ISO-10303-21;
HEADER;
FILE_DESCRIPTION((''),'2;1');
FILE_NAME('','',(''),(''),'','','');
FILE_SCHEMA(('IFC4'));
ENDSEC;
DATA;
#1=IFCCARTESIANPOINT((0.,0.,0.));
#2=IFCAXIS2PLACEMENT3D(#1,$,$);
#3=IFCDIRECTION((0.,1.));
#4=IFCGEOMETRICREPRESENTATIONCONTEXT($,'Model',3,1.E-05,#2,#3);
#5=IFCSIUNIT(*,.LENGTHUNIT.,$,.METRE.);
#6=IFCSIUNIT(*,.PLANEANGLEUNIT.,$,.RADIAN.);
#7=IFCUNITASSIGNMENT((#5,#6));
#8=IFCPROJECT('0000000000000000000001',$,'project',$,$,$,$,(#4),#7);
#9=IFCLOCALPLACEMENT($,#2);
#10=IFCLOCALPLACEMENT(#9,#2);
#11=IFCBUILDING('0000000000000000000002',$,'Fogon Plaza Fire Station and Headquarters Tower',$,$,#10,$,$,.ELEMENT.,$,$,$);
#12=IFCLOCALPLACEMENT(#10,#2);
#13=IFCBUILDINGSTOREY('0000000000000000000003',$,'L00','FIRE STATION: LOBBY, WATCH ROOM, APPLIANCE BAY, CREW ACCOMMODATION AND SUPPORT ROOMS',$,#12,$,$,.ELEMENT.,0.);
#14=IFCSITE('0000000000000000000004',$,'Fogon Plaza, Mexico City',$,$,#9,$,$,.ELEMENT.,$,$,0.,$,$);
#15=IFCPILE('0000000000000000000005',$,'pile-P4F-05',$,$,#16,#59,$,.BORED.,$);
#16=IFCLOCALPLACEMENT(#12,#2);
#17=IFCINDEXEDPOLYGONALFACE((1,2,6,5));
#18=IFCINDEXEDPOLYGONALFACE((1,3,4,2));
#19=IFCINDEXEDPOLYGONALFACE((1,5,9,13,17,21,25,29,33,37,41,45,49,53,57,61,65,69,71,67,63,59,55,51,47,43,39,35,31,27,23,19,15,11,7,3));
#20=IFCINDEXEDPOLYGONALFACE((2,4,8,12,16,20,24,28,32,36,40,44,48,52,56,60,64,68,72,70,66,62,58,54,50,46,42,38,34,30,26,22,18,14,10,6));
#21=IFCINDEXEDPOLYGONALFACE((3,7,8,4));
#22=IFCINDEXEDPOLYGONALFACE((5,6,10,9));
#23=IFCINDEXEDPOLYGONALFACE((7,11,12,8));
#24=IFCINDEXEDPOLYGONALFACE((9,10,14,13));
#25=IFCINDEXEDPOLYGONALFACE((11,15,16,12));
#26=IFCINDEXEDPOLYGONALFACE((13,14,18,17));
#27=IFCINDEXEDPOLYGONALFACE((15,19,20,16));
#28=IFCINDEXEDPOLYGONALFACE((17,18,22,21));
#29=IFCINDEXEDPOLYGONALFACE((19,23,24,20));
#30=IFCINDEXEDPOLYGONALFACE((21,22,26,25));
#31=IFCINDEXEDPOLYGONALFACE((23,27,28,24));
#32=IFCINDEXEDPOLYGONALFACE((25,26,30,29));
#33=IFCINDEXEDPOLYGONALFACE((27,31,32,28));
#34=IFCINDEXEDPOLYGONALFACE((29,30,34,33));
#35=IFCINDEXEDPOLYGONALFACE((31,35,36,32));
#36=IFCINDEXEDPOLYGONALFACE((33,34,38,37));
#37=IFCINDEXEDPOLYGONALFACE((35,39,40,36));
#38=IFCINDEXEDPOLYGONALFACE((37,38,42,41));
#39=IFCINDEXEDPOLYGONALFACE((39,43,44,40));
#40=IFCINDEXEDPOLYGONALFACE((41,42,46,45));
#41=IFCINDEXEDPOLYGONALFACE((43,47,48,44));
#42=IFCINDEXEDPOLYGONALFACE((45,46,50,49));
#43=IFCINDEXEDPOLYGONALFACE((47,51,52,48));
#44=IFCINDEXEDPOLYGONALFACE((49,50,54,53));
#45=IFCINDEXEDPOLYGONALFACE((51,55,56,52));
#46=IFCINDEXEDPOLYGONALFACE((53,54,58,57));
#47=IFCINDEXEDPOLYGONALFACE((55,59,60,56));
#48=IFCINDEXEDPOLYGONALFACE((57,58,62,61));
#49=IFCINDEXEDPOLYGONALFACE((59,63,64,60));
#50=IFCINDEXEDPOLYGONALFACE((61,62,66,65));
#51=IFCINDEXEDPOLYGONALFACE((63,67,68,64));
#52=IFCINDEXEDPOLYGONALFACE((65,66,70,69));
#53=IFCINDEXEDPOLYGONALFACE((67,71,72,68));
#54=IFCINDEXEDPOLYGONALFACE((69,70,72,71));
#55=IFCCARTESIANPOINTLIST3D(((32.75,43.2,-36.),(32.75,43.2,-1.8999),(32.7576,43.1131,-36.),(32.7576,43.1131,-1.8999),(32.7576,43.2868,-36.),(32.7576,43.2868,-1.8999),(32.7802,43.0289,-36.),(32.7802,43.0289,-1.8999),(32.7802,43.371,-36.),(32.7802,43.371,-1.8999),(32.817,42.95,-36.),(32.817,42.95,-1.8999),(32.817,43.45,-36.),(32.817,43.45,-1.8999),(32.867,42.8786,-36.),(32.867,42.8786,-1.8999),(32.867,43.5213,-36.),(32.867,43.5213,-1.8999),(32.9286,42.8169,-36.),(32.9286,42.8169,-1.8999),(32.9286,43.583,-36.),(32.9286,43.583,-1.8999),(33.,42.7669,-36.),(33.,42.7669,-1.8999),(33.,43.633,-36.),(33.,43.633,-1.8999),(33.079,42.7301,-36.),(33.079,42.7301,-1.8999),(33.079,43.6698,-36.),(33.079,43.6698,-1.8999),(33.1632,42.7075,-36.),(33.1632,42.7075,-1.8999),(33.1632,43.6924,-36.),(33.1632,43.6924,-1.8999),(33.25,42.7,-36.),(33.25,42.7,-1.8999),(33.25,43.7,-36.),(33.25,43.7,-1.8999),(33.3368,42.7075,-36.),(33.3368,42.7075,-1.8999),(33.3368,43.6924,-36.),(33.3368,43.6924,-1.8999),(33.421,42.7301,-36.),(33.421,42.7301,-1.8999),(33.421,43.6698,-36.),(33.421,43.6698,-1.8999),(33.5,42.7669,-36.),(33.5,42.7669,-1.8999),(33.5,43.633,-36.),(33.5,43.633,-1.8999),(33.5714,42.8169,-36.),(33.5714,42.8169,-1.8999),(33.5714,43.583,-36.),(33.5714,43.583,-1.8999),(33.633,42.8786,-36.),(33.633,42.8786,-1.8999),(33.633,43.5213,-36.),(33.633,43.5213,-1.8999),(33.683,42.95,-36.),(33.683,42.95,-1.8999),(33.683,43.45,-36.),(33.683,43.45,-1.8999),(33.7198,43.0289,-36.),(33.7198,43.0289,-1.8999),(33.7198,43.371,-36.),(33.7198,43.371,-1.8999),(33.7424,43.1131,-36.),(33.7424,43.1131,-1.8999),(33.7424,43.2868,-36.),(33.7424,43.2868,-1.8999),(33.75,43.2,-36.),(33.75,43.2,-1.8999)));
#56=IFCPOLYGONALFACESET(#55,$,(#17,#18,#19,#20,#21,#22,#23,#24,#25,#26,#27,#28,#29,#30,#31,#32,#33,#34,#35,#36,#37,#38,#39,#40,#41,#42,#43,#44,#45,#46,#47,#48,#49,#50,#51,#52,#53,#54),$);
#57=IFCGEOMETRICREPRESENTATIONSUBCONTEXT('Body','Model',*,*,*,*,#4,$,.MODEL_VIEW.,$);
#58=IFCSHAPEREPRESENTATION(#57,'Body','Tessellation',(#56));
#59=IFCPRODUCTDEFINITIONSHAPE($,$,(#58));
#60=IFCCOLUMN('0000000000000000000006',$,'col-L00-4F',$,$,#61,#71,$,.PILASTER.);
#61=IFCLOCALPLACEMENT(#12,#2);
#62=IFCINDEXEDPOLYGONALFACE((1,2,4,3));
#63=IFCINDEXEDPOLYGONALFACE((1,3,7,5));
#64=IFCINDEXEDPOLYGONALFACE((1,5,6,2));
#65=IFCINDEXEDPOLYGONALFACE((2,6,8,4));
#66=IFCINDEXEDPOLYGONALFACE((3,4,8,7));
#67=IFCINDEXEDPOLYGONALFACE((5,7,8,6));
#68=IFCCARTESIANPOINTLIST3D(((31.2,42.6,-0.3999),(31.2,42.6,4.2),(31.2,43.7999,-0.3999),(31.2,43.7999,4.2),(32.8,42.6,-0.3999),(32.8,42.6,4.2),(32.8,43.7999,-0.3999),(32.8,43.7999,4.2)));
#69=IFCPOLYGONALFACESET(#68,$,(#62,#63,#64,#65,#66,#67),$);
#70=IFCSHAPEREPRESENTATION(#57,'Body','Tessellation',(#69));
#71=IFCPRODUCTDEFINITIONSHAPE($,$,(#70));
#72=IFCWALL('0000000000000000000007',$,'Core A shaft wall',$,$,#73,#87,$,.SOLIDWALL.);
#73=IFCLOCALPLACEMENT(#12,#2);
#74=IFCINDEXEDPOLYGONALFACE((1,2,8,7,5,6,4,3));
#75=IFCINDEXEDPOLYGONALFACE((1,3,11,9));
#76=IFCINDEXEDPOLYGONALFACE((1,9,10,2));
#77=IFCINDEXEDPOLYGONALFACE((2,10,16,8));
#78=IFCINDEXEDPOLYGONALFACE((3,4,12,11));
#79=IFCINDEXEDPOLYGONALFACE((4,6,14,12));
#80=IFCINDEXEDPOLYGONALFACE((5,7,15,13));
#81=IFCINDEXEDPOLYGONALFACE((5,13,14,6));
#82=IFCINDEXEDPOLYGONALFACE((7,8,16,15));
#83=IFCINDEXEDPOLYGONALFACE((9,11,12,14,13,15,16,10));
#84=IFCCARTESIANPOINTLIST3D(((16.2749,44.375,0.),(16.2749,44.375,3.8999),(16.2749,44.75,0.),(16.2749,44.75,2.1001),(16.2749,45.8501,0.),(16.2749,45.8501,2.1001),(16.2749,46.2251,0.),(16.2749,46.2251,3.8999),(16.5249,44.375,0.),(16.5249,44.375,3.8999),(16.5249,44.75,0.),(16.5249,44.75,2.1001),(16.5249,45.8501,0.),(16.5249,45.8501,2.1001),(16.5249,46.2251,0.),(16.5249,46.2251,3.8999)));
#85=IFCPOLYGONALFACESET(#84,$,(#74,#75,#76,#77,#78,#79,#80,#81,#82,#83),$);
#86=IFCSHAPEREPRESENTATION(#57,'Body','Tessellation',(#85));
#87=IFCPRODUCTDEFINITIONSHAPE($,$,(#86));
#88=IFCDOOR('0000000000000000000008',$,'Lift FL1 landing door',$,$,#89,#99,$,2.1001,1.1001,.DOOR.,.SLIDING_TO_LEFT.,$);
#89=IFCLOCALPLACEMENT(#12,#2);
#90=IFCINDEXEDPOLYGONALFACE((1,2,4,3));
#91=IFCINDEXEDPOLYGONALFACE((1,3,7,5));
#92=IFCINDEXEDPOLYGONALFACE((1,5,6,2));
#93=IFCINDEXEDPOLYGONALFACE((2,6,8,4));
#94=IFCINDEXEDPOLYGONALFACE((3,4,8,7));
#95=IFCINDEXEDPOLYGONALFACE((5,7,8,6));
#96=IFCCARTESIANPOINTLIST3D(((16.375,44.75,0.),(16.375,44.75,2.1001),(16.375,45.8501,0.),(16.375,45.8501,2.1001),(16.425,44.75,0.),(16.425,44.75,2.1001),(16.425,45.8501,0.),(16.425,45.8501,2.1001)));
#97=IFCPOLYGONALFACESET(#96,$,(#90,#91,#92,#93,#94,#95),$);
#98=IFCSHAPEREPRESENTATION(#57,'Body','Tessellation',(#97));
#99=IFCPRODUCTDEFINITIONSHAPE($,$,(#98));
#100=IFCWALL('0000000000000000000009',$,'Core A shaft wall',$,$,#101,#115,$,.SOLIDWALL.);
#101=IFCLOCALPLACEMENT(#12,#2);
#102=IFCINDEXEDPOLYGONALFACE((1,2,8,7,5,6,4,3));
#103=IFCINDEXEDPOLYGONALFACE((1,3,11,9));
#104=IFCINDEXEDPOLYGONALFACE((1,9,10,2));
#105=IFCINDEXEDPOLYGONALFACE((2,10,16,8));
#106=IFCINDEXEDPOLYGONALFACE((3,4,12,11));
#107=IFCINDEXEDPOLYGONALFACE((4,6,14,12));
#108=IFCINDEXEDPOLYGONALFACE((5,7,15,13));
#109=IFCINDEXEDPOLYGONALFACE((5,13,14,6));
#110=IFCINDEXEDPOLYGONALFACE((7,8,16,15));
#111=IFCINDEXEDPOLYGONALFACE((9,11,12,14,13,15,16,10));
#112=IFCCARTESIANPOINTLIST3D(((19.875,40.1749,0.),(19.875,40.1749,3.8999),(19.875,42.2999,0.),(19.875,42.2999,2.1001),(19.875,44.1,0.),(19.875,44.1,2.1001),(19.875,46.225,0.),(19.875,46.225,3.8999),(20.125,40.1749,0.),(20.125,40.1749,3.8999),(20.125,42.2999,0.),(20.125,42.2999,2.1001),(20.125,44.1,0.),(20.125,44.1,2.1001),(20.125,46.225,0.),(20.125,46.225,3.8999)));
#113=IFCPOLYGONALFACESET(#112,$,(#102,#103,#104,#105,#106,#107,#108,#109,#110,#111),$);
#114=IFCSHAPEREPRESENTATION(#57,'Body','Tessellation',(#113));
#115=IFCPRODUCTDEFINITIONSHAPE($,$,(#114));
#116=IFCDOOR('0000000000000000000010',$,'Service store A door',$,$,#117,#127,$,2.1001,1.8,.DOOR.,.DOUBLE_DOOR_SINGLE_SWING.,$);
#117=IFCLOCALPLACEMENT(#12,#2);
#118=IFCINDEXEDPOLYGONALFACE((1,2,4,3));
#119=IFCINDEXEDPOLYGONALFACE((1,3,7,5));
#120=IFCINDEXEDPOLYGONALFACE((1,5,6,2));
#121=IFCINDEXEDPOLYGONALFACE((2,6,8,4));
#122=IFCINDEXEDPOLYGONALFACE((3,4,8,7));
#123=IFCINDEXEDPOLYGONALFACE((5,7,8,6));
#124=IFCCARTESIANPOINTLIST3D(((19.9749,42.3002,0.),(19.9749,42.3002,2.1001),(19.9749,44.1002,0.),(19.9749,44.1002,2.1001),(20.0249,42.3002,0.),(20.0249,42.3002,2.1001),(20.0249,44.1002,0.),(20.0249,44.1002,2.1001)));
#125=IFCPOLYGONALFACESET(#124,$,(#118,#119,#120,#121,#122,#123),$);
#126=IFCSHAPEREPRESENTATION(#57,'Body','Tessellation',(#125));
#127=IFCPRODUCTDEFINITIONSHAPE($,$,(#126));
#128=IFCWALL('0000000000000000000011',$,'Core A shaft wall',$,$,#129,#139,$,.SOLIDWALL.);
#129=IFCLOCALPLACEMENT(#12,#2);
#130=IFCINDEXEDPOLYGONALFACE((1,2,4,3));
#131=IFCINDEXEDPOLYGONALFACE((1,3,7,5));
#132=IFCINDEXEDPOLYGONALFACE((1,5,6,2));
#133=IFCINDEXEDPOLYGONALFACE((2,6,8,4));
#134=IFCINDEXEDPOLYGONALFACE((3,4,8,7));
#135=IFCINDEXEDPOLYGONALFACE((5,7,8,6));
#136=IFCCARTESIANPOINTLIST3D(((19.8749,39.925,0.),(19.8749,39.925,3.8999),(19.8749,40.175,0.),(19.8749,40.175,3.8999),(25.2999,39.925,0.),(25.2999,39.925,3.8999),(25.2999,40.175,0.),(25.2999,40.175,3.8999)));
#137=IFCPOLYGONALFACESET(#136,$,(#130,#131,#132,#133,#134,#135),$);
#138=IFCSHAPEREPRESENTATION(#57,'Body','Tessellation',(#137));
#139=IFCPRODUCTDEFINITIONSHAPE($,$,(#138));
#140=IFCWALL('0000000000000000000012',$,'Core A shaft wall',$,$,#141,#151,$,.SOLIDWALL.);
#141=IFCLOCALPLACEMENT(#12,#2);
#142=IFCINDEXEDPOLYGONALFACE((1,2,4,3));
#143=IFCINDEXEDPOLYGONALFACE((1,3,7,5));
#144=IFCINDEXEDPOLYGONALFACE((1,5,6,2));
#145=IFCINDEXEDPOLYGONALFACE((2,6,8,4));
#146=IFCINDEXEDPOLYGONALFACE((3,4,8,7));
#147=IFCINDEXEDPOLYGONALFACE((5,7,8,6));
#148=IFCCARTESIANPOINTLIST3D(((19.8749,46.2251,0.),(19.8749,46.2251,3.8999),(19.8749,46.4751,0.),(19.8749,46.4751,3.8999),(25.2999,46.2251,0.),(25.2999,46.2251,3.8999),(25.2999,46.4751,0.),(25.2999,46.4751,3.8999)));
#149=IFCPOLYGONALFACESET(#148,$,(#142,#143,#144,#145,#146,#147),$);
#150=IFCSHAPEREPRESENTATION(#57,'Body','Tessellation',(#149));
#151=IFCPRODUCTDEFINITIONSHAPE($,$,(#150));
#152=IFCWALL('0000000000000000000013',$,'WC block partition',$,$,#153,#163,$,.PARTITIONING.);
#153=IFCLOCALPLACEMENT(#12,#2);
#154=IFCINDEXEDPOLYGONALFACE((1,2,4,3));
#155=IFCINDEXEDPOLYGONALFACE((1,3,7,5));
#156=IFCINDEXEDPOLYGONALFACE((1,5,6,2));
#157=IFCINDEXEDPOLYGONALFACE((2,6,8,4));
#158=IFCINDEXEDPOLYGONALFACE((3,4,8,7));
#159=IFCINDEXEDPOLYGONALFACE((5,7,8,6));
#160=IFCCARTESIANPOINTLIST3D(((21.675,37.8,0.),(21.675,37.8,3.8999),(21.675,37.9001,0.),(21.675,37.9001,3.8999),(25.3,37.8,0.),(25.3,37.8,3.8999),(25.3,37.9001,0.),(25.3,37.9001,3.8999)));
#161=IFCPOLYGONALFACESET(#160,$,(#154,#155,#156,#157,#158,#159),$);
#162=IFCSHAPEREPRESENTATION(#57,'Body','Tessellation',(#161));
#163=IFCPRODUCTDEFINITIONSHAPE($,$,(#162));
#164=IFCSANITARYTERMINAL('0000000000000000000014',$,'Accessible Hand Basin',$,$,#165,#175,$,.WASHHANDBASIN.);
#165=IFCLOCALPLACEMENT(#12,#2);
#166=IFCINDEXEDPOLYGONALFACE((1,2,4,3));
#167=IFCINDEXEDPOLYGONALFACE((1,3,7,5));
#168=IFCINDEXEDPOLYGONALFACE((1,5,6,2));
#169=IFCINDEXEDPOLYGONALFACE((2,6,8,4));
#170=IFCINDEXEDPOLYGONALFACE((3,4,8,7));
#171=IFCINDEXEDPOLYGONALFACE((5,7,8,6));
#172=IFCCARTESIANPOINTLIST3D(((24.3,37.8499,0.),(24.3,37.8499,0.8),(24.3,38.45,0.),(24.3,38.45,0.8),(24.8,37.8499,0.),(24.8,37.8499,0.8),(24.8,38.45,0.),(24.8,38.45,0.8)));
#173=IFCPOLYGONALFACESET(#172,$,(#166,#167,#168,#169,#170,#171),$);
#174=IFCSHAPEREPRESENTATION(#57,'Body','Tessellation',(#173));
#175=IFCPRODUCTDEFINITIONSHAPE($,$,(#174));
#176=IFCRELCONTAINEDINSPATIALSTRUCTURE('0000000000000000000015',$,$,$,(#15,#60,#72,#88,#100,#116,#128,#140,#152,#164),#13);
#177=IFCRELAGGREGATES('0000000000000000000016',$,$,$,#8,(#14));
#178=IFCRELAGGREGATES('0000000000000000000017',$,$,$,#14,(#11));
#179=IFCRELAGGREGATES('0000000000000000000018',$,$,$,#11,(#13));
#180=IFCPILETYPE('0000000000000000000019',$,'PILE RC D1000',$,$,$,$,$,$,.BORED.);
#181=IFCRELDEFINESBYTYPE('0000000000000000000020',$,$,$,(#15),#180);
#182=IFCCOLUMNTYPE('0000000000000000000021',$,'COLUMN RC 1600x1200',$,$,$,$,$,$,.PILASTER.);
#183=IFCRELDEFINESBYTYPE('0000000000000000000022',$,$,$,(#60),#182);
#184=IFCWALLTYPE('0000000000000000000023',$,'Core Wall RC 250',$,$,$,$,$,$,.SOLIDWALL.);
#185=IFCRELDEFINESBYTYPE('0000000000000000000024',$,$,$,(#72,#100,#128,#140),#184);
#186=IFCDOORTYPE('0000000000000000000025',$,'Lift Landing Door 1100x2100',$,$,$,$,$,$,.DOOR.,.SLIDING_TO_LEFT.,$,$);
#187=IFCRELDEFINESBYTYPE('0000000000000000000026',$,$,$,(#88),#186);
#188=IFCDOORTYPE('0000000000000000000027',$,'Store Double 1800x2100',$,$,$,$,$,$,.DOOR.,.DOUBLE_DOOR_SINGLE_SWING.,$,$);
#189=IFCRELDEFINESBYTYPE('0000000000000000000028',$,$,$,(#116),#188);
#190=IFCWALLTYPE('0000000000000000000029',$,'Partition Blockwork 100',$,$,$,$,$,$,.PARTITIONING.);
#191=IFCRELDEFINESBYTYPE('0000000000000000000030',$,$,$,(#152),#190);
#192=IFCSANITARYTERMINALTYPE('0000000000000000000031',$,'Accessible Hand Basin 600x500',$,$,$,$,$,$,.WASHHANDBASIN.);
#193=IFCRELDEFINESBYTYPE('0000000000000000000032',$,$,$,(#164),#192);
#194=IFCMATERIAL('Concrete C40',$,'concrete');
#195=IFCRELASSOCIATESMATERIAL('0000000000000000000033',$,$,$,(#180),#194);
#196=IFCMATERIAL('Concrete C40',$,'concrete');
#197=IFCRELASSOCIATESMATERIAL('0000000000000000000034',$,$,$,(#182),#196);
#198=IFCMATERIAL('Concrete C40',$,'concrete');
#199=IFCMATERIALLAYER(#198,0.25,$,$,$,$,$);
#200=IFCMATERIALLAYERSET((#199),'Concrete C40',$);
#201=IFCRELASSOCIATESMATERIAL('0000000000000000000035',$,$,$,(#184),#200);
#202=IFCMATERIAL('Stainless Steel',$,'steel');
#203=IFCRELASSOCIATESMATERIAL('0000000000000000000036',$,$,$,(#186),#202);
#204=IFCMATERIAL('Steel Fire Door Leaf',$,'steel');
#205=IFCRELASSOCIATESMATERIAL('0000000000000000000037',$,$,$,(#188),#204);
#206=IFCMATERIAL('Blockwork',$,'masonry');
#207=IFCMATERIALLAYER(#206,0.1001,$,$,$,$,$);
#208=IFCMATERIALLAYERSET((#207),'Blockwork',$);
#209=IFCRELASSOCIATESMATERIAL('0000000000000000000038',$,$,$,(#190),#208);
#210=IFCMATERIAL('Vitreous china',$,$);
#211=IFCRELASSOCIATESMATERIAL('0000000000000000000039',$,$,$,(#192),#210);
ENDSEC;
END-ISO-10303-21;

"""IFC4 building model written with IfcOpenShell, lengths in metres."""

from ifc_helpers import new_model, si_unit, direction, frame, frame_2d, origin, origin_2d, place, context, subcontext, project, spatial, rectangle, circle, extrude, material, layer, layer_set, material_profile, profile_set, type_object, element, fill, save


model = new_model("IFC4")

# Units and contexts
model_context = context("Model", 3, precision=1e-05, world=origin(), true_north=direction((0.0, 1.0)))
body_context = subcontext(model_context, "Body", "Model", "MODEL_VIEW")
ifc_project = project(units=[si_unit("LENGTHUNIT", "METRE"), si_unit("PLANEANGLEUNIT", "RADIAN")], contexts=[model_context])

# Site, building, storey
site_placement = place(None, origin())
site = spatial("IfcSite", under=ifc_project, at=site_placement, Name="Fogon Plaza, Mexico City", CompositionType="ELEMENT", RefElevation=0.0)
building_placement = place(site_placement, origin())
building = spatial("IfcBuilding", under=site, at=building_placement, Name="Fogon Plaza Fire Station and Headquarters Tower", CompositionType="ELEMENT")
storey_placement = place(building_placement, origin())
storey = spatial("IfcBuildingStorey", under=building, at=storey_placement, Name="L00", Description="FIRE STATION: LOBBY, WATCH ROOM, APPLIANCE BAY, CREW ACCOMMODATION AND SUPPORT ROOMS", CompositionType="ELEMENT", Elevation=0.0)

# Pile
ifc_material_1 = material(Name="Concrete C40", Category="concrete")
ifc_material_profile_1 = material_profile(ifc_material_1, circle(Radius=0.5, at=origin_2d()), Name="RC D1000")
ifc_profile_set_1 = profile_set([ifc_material_profile_1], Name="Concrete C40")
pile_type = type_object("IfcPileType", Name="PILE RC D1000", PredefinedType="BORED", material=ifc_profile_set_1)
for number, where, z_axis, x_axis, name in (
    (1, (33.25, 43.2, -1.8999), (0.0, 0.0, -1.0), (1.0, 0.0, 0.0), "pile-P4F-05"),
):
    element("IfcPile", number, at=place(storey_placement, frame(where, z_axis=z_axis, x_axis=x_axis)), inside=storey, type_object=pile_type, Name=name, PredefinedType="BORED", context=body_context, shape_type="SweptSolid", body=[
        extrude(circle(Radius=0.5, at=origin_2d()), origin(), (0.0, 0.0, 1.0), 34.1001),
    ])

# Column
ifc_material_2 = material(Name="Concrete C40", Category="concrete")
ifc_material_profile_2 = material_profile(ifc_material_2, rectangle(XDim=1.6001, YDim=1.2, at=origin_2d()), Name="RC 1600x1200")
ifc_profile_set_2 = profile_set([ifc_material_profile_2], Name="Concrete C40")
column_type = type_object("IfcColumnType", Name="COLUMN RC 1600x1200", PredefinedType="PILASTER", material=ifc_profile_set_2)
column_placement = place(storey_placement, frame((32.0, 43.2, -0.3999), z_axis=(0.0, 0.0, 1.0), x_axis=(1.0, 0.0, 0.0)))
element("IfcColumn", 2, at=column_placement, inside=storey, type_object=column_type, Name="col-L00-4F", PredefinedType="PILASTER", context=body_context, shape_type="SweptSolid", body=[
    extrude(rectangle(XDim=1.6001, YDim=1.2, at=origin_2d()), origin(), (0.0, 0.0, 1.0), 4.5999),
])

# Walls, openings, doors
ifc_material_3 = material(Name="Concrete C40", Category="concrete")
ifc_layer_1 = layer(ifc_material_3, 0.25)
ifc_layer_set_1 = layer_set([ifc_layer_1], Name="Concrete C40")
wall_type_1 = type_object("IfcWallType", Name="Core Wall RC 250", PredefinedType="SOLIDWALL", material=ifc_layer_set_1)
wall_1_placement = place(storey_placement, frame((16.3999, 44.375, 0.0), z_axis=(0.0, 0.0, 1.0), x_axis=(0.0, 1.0, 0.0)))
wall_1 = element("IfcWall", 3, at=wall_1_placement, inside=storey, type_object=wall_type_1, Name="Core A shaft wall", PredefinedType="SOLIDWALL", context=body_context, shape_type="SweptSolid", body=[
    extrude(rectangle(XDim=1.8501, YDim=0.25, at=frame_2d((0.925, 0.0))), origin(), (0.0, 0.0, 1.0), 3.8999),
])
opening_1_placement = place(wall_1_placement, frame((0.375, 0.0, 0.0)))
opening_1 = element("IfcOpeningElement", 4, at=opening_1_placement, cuts=wall_1, PredefinedType="OPENING", context=body_context, shape_type="SweptSolid", body=[
    extrude(rectangle(XDim=1.1001, YDim=2.1001, at=frame_2d((0.55, 1.05))), frame((0.0, 0.135, 0.0), z_axis=(0.0, -1.0, 0.0), x_axis=(1.0, 0.0, 0.0)), (0.0, 0.0, 1.0), 0.27),
])
ifc_material_4 = material(Name="Stainless Steel", Category="steel")
door_type_1 = type_object("IfcDoorType", Name="Lift Landing Door 1100x2100", OperationType="SLIDING_TO_LEFT", PredefinedType="DOOR", material=ifc_material_4)
door_1_placement = place(opening_1_placement, origin())
door_1 = element("IfcDoor", 5, at=door_1_placement, inside=storey, type_object=door_type_1, Name="Lift FL1 landing door", OperationType="SLIDING_TO_LEFT", OverallHeight=2.1001, OverallWidth=1.1001, PredefinedType="DOOR", context=body_context, shape_type="SweptSolid", body=[
    extrude(rectangle(XDim=1.1001, YDim=2.1001, at=frame_2d((0.55, 1.05))), frame((0.0, 0.0249, 0.0), z_axis=(0.0, -1.0, 0.0), x_axis=(1.0, 0.0, 0.0)), (0.0, 0.0, 1.0), 0.05),
])
fill(opening_1, door_1)
wall_2_placement = place(storey_placement, frame((20.0, 40.175, 0.0), z_axis=(0.0, 0.0, 1.0), x_axis=(0.0, 1.0, 0.0)))
wall_2 = element("IfcWall", 6, at=wall_2_placement, inside=storey, type_object=wall_type_1, Name="Core A shaft wall", PredefinedType="SOLIDWALL", context=body_context, shape_type="SweptSolid", body=[
    extrude(rectangle(XDim=6.05, YDim=0.25, at=frame_2d((3.0249, 0.0))), origin(), (0.0, 0.0, 1.0), 3.8999),
])
opening_2_placement = place(wall_2_placement, frame((2.125, 0.0, 0.0)))
opening_2 = element("IfcOpeningElement", 7, at=opening_2_placement, cuts=wall_2, PredefinedType="OPENING", context=body_context, shape_type="SweptSolid", body=[
    extrude(rectangle(XDim=1.8, YDim=2.1001, at=frame_2d((0.8999, 1.05))), frame((0.0, 0.135, 0.0), z_axis=(0.0, -1.0, 0.0), x_axis=(1.0, 0.0, 0.0)), (0.0, 0.0, 1.0), 0.27),
])
ifc_material_5 = material(Name="Steel Fire Door Leaf", Category="steel")
door_type_2 = type_object("IfcDoorType", Name="Store Double 1800x2100", OperationType="DOUBLE_DOOR_SINGLE_SWING", PredefinedType="DOOR", material=ifc_material_5)
door_2_placement = place(opening_2_placement, frame((1.8, 0.0, 0.0), z_axis=(0.0, 0.0, 1.0), x_axis=(-1.0, 0.0, 0.0)))
door_2 = element("IfcDoor", 8, at=door_2_placement, inside=storey, type_object=door_type_2, Name="Service store A door", OperationType="DOUBLE_DOOR_SINGLE_SWING", OverallHeight=2.1001, OverallWidth=1.8, PredefinedType="DOOR", context=body_context, shape_type="SweptSolid", body=[
    extrude(rectangle(XDim=1.8, YDim=2.1001, at=frame_2d((0.8999, 1.05))), frame((0.0, 0.0249, 0.0), z_axis=(0.0, -1.0, 0.0), x_axis=(1.0, 0.0, 0.0)), (0.0, 0.0, 1.0), 0.05),
])
fill(opening_2, door_2)

# Walls
for number, where, z_axis, x_axis, name in (
    (9, (19.875, 40.05, 0.0), (0.0, 0.0, 1.0), (1.0, 0.0, 0.0), "Core A shaft wall"),
    (10, (19.875, 46.3501, 0.0), (0.0, 0.0, 1.0), (1.0, 0.0, 0.0), "Core A shaft wall"),
):
    element("IfcWall", number, at=place(storey_placement, frame(where, z_axis=z_axis, x_axis=x_axis)), inside=storey, type_object=wall_type_1, Name=name, PredefinedType="SOLIDWALL", context=body_context, shape_type="SweptSolid", body=[
        extrude(rectangle(XDim=5.425, YDim=0.25, at=frame_2d((2.7124, 0.0))), origin(), (0.0, 0.0, 1.0), 3.8999),
    ])
ifc_material_6 = material(Name="Blockwork", Category="masonry")
ifc_layer_2 = layer(ifc_material_6, 0.1001)
ifc_layer_set_2 = layer_set([ifc_layer_2], Name="Blockwork")
wall_type_2 = type_object("IfcWallType", Name="Partition Blockwork 100", PredefinedType="PARTITIONING", material=ifc_layer_set_2)
wall_3_placement = place(storey_placement, frame((21.675, 37.8501, 0.0), z_axis=(0.0, 0.0, 1.0), x_axis=(1.0, 0.0, 0.0)))
element("IfcWall", 11, at=wall_3_placement, inside=storey, type_object=wall_type_2, Name="WC block partition", PredefinedType="PARTITIONING", context=body_context, shape_type="SweptSolid", body=[
    extrude(rectangle(XDim=3.625, YDim=0.1001, at=frame_2d((1.8125, 0.0))), origin(), (0.0, 0.0, 1.0), 3.8999),
])

# Sanitary terminal
ifc_material_7 = material(Name="Vitreous china")
sanitary_terminal_type_1 = type_object("IfcSanitaryTerminalType", Name="Accessible Hand Basin 600x500", PredefinedType="WASHHANDBASIN", material=ifc_material_7)
sanitary_terminal_1_placement = place(storey_placement, frame((24.55, 38.1499, 0.0), z_axis=(0.0, 0.0, 1.0), x_axis=(1.0, 0.0, 0.0)))
element("IfcSanitaryTerminal", 12, at=sanitary_terminal_1_placement, inside=storey, type_object=sanitary_terminal_type_1, Name="Accessible Hand Basin", PredefinedType="WASHHANDBASIN", context=body_context, shape_type="SweptSolid", body=[
    extrude(rectangle(XDim=0.5, YDim=0.6001, at=origin_2d()), origin(), (0.0, 0.0, 1.0), 0.8),
])

save(model, "model.ifc")
